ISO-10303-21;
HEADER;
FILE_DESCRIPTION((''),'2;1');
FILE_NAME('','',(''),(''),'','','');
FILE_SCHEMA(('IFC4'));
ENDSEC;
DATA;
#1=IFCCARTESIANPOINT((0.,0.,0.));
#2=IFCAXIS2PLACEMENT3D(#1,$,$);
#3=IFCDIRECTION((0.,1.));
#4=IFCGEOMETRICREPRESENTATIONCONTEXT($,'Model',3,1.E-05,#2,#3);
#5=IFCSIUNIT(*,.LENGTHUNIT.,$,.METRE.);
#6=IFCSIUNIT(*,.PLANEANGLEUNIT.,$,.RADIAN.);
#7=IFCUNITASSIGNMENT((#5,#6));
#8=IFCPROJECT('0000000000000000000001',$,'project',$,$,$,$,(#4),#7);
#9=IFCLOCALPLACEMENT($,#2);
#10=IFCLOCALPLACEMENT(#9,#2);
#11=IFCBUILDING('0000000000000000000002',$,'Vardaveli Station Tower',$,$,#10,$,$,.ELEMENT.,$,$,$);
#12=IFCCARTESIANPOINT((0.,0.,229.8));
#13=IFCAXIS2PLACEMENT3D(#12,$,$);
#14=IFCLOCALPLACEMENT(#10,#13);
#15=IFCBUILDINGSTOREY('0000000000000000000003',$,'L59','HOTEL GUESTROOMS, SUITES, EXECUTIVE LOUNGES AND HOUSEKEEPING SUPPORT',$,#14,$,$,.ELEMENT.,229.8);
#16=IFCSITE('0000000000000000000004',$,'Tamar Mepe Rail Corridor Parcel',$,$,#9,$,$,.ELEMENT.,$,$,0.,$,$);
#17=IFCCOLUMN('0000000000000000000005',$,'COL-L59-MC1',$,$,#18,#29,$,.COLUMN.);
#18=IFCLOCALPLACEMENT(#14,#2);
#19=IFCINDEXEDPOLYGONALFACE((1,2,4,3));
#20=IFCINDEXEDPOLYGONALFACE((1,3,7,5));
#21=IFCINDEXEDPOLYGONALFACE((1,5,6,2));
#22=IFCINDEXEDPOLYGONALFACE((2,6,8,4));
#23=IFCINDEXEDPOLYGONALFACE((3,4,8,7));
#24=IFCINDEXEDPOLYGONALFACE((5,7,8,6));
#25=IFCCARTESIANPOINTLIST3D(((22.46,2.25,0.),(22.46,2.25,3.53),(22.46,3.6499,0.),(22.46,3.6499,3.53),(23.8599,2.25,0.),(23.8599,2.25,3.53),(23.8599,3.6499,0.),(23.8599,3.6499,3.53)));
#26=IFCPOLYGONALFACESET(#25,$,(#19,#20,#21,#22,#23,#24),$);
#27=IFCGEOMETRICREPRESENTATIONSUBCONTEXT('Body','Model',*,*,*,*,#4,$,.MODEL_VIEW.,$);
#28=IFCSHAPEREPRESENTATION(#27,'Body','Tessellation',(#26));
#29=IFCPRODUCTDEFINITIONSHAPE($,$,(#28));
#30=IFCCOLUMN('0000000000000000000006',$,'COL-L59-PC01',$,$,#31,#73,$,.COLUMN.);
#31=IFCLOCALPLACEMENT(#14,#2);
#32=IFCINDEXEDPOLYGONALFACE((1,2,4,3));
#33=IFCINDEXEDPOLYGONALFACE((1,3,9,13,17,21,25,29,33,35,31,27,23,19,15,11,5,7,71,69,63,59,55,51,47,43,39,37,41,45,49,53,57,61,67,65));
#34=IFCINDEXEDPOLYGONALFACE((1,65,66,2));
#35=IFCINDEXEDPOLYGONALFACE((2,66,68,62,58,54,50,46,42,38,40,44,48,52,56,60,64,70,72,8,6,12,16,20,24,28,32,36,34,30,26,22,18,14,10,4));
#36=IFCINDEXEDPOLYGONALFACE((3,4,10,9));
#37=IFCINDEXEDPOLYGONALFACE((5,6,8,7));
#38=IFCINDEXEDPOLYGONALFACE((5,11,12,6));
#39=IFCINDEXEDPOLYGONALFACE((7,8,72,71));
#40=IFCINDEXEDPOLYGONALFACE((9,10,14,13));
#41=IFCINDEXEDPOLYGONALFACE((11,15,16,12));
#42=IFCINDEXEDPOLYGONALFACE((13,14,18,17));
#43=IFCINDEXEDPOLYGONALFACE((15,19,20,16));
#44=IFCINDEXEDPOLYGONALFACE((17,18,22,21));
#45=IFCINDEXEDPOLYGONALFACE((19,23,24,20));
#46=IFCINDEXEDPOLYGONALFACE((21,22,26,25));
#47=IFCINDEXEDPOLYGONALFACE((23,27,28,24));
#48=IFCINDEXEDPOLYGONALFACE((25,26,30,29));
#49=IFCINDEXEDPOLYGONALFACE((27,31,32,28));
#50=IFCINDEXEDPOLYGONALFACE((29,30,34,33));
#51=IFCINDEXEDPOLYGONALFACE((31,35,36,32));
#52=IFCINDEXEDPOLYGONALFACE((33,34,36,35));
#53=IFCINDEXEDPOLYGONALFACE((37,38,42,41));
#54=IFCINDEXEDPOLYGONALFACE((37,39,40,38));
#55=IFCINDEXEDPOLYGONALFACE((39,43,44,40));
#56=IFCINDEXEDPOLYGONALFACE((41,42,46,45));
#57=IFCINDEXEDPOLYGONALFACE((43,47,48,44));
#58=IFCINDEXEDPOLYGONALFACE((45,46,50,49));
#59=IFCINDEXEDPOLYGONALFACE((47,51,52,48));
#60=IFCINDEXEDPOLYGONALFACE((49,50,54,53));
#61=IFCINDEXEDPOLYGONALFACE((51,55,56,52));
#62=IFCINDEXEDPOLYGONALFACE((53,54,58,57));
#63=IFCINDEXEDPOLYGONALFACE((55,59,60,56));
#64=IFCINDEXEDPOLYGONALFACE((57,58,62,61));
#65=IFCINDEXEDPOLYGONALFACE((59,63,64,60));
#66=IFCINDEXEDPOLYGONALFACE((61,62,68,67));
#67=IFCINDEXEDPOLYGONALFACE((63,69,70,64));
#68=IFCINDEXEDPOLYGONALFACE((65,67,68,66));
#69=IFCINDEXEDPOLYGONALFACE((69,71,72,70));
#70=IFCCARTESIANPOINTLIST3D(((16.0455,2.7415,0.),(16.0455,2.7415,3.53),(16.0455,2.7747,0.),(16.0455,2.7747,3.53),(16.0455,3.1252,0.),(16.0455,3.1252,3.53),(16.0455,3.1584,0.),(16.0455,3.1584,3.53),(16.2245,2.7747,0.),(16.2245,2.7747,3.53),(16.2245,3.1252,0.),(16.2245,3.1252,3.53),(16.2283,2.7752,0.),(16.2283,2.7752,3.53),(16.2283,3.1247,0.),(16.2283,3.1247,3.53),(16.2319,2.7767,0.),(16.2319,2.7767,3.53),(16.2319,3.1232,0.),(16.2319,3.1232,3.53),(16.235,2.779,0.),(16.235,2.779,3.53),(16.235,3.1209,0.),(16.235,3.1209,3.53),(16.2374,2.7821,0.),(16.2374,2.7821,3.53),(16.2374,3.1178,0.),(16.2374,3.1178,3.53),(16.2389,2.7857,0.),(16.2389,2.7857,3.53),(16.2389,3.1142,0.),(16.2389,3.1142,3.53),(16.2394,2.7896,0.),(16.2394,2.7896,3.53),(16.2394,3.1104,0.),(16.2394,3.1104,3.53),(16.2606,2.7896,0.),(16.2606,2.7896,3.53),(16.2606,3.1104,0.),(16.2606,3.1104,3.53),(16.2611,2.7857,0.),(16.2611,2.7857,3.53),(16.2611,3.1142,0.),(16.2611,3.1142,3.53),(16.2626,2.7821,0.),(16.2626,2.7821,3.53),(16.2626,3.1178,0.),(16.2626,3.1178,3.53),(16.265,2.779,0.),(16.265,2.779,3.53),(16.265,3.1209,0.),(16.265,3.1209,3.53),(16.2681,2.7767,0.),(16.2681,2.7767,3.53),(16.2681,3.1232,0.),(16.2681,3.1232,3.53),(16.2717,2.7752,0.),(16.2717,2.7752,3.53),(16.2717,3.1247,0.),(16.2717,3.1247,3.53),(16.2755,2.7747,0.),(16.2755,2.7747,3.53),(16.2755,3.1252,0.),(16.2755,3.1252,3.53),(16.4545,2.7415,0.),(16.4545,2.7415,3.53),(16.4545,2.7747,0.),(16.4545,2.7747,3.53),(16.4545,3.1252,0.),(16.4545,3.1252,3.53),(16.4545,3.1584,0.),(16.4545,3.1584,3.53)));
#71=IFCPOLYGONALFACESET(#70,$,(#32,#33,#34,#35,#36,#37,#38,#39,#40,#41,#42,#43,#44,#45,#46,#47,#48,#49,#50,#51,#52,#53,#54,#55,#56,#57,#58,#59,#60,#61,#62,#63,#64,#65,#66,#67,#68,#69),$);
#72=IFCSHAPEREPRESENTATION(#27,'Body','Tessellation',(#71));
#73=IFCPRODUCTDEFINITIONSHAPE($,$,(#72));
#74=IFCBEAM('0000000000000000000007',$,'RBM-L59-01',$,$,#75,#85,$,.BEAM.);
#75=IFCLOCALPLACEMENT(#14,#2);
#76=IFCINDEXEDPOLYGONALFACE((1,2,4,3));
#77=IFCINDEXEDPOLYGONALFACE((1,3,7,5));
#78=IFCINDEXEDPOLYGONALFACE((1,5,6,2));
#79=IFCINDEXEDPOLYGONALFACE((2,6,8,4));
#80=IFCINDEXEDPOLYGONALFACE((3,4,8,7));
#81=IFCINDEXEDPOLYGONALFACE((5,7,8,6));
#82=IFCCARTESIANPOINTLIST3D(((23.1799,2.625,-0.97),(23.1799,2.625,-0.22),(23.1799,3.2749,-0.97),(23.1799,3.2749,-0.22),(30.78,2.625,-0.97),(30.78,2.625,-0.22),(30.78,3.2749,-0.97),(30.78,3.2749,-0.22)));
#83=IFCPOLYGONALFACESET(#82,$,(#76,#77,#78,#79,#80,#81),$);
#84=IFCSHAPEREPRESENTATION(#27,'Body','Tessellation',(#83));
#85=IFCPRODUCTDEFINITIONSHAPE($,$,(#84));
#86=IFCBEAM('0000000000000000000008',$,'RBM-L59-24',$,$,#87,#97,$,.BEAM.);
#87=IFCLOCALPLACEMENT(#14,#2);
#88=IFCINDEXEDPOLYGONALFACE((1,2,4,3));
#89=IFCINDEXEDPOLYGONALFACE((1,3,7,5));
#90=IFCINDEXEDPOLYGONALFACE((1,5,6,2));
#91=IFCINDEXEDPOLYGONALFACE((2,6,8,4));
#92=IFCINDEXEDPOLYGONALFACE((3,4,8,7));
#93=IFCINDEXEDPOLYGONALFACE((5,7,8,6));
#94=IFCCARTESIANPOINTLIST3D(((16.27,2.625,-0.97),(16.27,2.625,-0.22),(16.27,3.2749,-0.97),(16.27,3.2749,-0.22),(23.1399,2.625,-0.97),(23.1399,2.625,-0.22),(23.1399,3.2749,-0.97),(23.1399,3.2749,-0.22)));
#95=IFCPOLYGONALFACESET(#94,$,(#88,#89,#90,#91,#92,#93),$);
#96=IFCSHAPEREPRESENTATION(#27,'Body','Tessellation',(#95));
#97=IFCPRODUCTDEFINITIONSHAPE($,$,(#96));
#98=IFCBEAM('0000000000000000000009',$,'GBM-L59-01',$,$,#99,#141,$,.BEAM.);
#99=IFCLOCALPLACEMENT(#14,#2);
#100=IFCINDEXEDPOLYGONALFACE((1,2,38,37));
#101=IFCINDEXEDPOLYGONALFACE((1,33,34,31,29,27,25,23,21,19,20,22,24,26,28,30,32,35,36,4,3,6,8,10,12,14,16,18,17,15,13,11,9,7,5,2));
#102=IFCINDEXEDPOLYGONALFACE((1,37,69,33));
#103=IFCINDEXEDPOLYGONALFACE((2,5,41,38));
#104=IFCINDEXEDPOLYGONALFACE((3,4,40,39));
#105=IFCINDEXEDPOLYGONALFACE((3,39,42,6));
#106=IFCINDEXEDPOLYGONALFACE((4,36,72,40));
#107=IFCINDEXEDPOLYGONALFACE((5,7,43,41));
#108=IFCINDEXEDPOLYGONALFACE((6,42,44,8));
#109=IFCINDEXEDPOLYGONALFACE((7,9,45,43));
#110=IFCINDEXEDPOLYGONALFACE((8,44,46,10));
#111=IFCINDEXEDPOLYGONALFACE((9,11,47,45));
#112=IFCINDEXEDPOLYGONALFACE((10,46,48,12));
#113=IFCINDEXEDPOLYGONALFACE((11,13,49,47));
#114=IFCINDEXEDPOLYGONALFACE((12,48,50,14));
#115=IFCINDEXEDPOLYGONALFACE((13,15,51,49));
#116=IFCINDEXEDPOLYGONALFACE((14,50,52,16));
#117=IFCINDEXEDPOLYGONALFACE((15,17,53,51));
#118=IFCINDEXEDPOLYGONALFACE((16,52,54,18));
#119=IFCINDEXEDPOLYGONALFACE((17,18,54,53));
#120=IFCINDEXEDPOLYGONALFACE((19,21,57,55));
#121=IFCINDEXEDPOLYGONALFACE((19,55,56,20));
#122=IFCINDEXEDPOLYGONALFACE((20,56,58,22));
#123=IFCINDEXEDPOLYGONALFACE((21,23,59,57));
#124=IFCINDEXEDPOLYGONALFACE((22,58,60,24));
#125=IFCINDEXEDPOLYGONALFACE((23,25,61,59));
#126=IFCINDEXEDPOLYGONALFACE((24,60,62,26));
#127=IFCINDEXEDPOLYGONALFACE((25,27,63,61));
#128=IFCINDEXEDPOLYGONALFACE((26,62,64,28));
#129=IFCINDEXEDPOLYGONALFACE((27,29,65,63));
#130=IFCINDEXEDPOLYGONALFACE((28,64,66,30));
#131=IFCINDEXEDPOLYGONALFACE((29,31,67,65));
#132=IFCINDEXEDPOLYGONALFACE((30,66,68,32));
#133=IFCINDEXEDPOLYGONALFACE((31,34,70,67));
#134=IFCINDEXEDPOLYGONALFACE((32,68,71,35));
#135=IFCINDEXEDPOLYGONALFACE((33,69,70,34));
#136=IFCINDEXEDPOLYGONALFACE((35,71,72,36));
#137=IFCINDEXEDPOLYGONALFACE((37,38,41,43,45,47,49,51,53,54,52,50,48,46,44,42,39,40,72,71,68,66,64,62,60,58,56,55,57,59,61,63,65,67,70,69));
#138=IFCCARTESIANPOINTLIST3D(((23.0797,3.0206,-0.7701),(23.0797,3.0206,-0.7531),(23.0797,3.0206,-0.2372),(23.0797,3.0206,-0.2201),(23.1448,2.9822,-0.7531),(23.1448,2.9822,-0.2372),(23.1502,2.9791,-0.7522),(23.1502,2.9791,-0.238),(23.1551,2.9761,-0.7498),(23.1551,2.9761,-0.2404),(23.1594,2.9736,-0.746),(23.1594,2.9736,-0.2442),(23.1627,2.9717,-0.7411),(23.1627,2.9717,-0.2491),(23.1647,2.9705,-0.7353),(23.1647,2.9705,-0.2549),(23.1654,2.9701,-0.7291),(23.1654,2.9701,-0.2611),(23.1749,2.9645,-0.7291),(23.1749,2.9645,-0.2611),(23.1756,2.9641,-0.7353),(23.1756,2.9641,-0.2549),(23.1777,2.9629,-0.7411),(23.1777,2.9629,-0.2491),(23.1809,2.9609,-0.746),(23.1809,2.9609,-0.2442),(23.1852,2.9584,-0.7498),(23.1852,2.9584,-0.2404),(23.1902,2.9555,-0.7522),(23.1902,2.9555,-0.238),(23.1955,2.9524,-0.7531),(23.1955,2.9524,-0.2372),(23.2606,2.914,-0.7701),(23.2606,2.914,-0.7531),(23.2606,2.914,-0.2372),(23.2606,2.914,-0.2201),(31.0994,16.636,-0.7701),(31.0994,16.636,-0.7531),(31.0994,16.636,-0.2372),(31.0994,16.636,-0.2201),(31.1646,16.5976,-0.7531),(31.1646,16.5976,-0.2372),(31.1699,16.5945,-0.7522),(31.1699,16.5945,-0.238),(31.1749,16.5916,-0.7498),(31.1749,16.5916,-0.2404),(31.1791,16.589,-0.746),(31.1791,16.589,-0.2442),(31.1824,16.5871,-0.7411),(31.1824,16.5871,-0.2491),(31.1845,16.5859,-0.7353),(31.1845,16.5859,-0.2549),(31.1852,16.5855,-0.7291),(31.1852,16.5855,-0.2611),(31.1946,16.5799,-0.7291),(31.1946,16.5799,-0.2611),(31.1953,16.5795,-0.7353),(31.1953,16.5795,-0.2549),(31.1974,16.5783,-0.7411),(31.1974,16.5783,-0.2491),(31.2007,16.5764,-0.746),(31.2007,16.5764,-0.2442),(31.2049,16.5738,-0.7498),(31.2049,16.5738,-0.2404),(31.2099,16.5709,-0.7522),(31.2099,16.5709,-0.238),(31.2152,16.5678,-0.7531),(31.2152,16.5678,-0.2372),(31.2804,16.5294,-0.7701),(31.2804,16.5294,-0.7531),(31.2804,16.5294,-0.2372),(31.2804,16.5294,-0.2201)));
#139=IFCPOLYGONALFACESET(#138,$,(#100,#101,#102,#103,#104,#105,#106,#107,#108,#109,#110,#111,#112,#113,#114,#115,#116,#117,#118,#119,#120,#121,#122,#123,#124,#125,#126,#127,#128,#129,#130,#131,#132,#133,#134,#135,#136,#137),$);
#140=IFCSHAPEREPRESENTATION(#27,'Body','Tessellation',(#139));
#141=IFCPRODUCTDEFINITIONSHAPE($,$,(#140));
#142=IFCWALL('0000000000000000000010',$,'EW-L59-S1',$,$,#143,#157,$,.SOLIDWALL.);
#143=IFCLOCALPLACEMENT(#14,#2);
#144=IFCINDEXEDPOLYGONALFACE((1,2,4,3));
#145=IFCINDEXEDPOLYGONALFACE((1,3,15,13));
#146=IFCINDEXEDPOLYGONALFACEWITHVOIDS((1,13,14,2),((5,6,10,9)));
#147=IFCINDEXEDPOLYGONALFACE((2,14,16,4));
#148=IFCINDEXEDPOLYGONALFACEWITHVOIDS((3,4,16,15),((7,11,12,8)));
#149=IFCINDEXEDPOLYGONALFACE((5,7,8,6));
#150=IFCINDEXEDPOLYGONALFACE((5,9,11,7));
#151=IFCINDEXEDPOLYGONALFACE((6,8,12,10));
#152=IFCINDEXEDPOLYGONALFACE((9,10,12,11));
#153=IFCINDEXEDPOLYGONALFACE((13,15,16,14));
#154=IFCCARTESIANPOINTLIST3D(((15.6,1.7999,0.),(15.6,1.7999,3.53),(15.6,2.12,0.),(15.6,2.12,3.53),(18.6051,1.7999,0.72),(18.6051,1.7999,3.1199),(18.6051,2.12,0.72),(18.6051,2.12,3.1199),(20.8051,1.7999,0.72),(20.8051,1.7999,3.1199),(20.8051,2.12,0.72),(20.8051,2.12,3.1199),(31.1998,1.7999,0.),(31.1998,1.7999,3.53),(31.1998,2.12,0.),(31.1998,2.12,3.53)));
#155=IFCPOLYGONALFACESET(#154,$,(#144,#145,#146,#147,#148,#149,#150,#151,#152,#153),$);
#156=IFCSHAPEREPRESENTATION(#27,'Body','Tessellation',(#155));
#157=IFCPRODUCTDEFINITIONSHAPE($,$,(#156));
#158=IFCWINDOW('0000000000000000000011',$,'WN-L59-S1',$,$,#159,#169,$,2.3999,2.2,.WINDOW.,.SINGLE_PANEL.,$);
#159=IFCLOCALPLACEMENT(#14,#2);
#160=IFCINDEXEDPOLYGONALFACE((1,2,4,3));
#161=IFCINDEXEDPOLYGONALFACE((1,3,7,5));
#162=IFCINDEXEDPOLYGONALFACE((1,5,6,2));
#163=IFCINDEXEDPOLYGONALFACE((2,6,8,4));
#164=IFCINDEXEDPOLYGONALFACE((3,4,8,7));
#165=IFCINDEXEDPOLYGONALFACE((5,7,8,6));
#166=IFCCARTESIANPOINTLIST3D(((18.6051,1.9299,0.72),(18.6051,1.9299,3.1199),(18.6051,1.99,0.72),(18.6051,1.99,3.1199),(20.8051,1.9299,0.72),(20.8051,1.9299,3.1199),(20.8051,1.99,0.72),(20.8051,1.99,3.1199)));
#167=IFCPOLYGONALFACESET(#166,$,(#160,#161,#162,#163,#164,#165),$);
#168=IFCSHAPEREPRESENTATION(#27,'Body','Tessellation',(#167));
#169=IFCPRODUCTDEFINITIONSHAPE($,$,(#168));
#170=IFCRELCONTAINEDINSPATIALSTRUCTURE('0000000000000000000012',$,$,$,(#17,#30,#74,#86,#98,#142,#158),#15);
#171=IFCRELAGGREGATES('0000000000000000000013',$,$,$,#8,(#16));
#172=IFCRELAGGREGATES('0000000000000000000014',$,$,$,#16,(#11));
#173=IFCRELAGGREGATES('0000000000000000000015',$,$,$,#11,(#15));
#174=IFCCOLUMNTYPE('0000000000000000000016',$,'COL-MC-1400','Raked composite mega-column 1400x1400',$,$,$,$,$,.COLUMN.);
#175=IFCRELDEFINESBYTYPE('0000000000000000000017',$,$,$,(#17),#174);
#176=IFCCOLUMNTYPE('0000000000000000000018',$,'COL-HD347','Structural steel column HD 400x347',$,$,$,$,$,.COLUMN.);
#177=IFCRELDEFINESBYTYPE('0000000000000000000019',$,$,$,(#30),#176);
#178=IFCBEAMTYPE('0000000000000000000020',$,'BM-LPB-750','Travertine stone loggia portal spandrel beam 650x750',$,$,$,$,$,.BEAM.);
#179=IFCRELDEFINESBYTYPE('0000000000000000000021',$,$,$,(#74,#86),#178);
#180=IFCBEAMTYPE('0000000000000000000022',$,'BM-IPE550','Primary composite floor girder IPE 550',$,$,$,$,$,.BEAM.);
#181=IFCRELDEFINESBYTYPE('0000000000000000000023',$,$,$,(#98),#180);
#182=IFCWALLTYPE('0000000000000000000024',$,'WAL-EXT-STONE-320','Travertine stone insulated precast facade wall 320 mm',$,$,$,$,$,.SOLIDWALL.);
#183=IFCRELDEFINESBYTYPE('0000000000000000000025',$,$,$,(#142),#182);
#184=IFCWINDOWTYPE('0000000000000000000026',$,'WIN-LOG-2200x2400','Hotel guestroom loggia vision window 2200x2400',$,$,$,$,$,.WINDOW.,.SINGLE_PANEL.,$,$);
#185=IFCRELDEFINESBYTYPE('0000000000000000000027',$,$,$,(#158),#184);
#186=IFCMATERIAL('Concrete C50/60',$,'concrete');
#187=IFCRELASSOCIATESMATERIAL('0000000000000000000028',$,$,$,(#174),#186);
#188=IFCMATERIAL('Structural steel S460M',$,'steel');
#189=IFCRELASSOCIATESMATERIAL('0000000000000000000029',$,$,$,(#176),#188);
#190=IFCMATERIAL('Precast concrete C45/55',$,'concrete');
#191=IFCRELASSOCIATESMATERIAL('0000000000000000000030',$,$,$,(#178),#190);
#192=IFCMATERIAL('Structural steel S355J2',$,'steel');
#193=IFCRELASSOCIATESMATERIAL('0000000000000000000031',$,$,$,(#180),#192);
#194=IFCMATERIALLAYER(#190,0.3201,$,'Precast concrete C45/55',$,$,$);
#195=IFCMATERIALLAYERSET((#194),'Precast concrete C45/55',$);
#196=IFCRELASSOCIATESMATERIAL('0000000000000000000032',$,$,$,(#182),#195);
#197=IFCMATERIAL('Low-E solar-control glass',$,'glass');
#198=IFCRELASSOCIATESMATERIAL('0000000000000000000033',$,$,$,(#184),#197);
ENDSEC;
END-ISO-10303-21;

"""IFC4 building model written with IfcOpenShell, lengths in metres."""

from ifc_helpers import new_model, si_unit, direction, frame, frame_2d, origin, origin_2d, place, context, subcontext, project, spatial, rectangle, i_section, extrude, source, transform, mapped, material, layer, layer_set, material_profile, profile_set, type_object, element, fill, save


model = new_model("IFC4")

# Units and contexts
model_context = context("Model", 3, precision=1e-05, world=origin(), true_north=direction((0.0, 1.0)))
body_context = subcontext(model_context, "Body", "Model", "MODEL_VIEW")
ifc_project = project(units=[si_unit("LENGTHUNIT", "METRE"), si_unit("PLANEANGLEUNIT", "RADIAN")], contexts=[model_context])

# Site, building, storey
site_placement = place(None, origin())
site = spatial("IfcSite", under=ifc_project, at=site_placement, Name="Tamar Mepe Rail Corridor Parcel", CompositionType="ELEMENT", RefElevation=0.0)
building_placement = place(site_placement, origin())
building = spatial("IfcBuilding", under=site, at=building_placement, Name="Vardaveli Station Tower", CompositionType="ELEMENT")
storey_placement = place(building_placement, frame((0.0, 0.0, 229.8)))
storey = spatial("IfcBuildingStorey", under=building, at=storey_placement, Name="L59", Description="HOTEL GUESTROOMS, SUITES, EXECUTIVE LOUNGES AND HOUSEKEEPING SUPPORT", CompositionType="ELEMENT", Elevation=229.8)

# Columns
ifc_material_1 = material(Name="Concrete C50/60", Category="concrete")
ifc_material_profile_1 = material_profile(ifc_material_1, rectangle(XDim=1.3999, YDim=1.3999, at=origin_2d()), Name="MC 1400x1400")
ifc_profile_set_1 = profile_set([ifc_material_profile_1], Name="Concrete C50/60")
column_type_1 = type_object("IfcColumnType", Name="COL-MC-1400", Description="Raked composite mega-column 1400x1400", PredefinedType="COLUMN", material=ifc_profile_set_1)
shared_shape_1 = source(origin(), body_context, "Body", "SweptSolid", [
    extrude(rectangle(XDim=1.3999, YDim=1.3999, at=origin_2d()), origin(), (0.0, 0.0, 1.0), 3.53),
])
column_1_placement = place(storey_placement, frame((23.1599, 2.95, 0.0), z_axis=(0.0, 0.0, 1.0), x_axis=(1.0, 0.0, 0.0)))
element("IfcColumn", 1, at=column_1_placement, inside=storey, type_object=column_type_1, Name="COL-L59-MC1", PredefinedType="COLUMN", context=body_context, shape_type="MappedRepresentation", body=[
    mapped(shared_shape_1, transform((0.0, 0.0, 0.0), scale=1.0)),
])
ifc_material_2 = material(Name="Structural steel S460M", Category="steel")
ifc_material_profile_2 = material_profile(ifc_material_2, i_section(OverallWidth=0.4089, OverallDepth=0.417, WebThickness=0.0212, FlangeThickness=0.0332, FilletRadius=0.0149, at=origin_2d()), Name="HD 400x347")
ifc_profile_set_2 = profile_set([ifc_material_profile_2], Name="Structural steel S460M")
column_type_2 = type_object("IfcColumnType", Name="COL-HD347", Description="Structural steel column HD 400x347", PredefinedType="COLUMN", material=ifc_profile_set_2)
shared_shape_2 = source(origin(), body_context, "Body", "SweptSolid", [
    extrude(i_section(OverallWidth=0.4089, OverallDepth=0.417, WebThickness=0.0212, FlangeThickness=0.0332, FilletRadius=0.0149, at=origin_2d()), origin(), (0.0, 0.0, 1.0), 3.53),
])
column_2_placement = place(storey_placement, frame((16.25, 2.95, 0.0), z_axis=(0.0, 0.0, 1.0), x_axis=(1.0, 0.0, 0.0)))
element("IfcColumn", 2, at=column_2_placement, inside=storey, type_object=column_type_2, Name="COL-L59-PC01", PredefinedType="COLUMN", context=body_context, shape_type="MappedRepresentation", body=[
    mapped(shared_shape_2, transform((0.0, 0.0, 0.0), scale=1.0)),
])

# Beams
ifc_material_3 = material(Name="Precast concrete C45/55", Category="concrete")
ifc_material_profile_3 = material_profile(ifc_material_3, rectangle(XDim=0.6499, YDim=0.75, at=origin_2d()), Name="LPB 650x750")
ifc_profile_set_3 = profile_set([ifc_material_profile_3], Name="Precast concrete C45/55")
beam_type_1 = type_object("IfcBeamType", Name="BM-LPB-750", Description="Travertine stone loggia portal spandrel beam 650x750", PredefinedType="BEAM", material=ifc_profile_set_3)
shared_shape_3 = source(origin(), body_context, "Body", "SweptSolid", [
    extrude(rectangle(XDim=0.6499, YDim=0.75, at=origin_2d()), origin(), (0.0, 0.0, 1.0), 7.6001),
])
beam_1_placement = place(storey_placement, frame((23.1799, 2.95, -0.595), z_axis=(1.0, 0.0, 0.0), x_axis=(0.0, 1.0, 0.0)))
element("IfcBeam", 3, at=beam_1_placement, inside=storey, type_object=beam_type_1, Name="RBM-L59-01", PredefinedType="BEAM", context=body_context, shape_type="MappedRepresentation", body=[
    mapped(shared_shape_3, transform((0.0, 0.0, 0.0), scale=1.0)),
])
shared_shape_4 = source(origin(), body_context, "Body", "SweptSolid", [
    extrude(rectangle(XDim=0.6499, YDim=0.75, at=origin_2d()), origin(), (0.0, 0.0, 1.0), 6.8699),
])
beam_2_placement = place(storey_placement, frame((16.27, 2.95, -0.595), z_axis=(1.0, 0.0, 0.0), x_axis=(0.0, 1.0, 0.0)))
element("IfcBeam", 4, at=beam_2_placement, inside=storey, type_object=beam_type_1, Name="RBM-L59-24", PredefinedType="BEAM", context=body_context, shape_type="MappedRepresentation", body=[
    mapped(shared_shape_4, transform((0.0, 0.0, 0.0), scale=1.0)),
])
ifc_material_4 = material(Name="Structural steel S355J2", Category="steel")
ifc_material_profile_4 = material_profile(ifc_material_4, i_section(OverallWidth=0.21, OverallDepth=0.55, WebThickness=0.011, FlangeThickness=0.0171, FilletRadius=0.0239, at=origin_2d()), Name="IPE 550")
ifc_profile_set_4 = profile_set([ifc_material_profile_4], Name="Structural steel S355J2")
beam_type_2 = type_object("IfcBeamType", Name="BM-IPE550", Description="Primary composite floor girder IPE 550", PredefinedType="BEAM", material=ifc_profile_set_4)
shared_shape_5 = source(origin(), body_context, "Body", "SweptSolid", [
    extrude(i_section(OverallWidth=0.21, OverallDepth=0.55, WebThickness=0.011, FlangeThickness=0.0171, FilletRadius=0.0239, at=origin_2d()), origin(), (0.0, 0.0, 1.0), 15.8018),
])
beam_3_placement = place(storey_placement, frame((23.1702, 2.9673, -0.4951), z_axis=(0.507522, 0.861639, 0.0), x_axis=(-0.861639, 0.507522, 0.0)))
element("IfcBeam", 5, at=beam_3_placement, inside=storey, type_object=beam_type_2, Name="GBM-L59-01", PredefinedType="BEAM", context=body_context, shape_type="MappedRepresentation", body=[
    mapped(shared_shape_5, transform((0.0, 0.0, 0.0), scale=1.0)),
])

# Wall, opening, window
ifc_layer_1 = layer(ifc_material_3, 0.3201, Name="Precast concrete C45/55")
ifc_layer_set_1 = layer_set([ifc_layer_1], Name="Precast concrete C45/55")
wall_type_1 = type_object("IfcWallType", Name="WAL-EXT-STONE-320", Description="Travertine stone insulated precast facade wall 320 mm", PredefinedType="SOLIDWALL", material=ifc_layer_set_1)
shared_shape_6 = source(origin(), body_context, "Body", "SweptSolid", [
    extrude(rectangle(XDim=15.5999, YDim=0.3201, at=frame_2d((7.7998, 0.0))), origin(), (0.0, 0.0, 1.0), 3.53),
])
wall_1_placement = place(storey_placement, frame((15.6001, 1.96, 0.0), z_axis=(0.0, 0.0, 1.0), x_axis=(1.0, 0.0, 0.0)))
wall_1 = element("IfcWall", 6, at=wall_1_placement, inside=storey, type_object=wall_type_1, Name="EW-L59-S1", PredefinedType="SOLIDWALL", context=body_context, shape_type="MappedRepresentation", body=[
    mapped(shared_shape_6, transform((0.0, 0.0, 0.0), scale=1.0)),
])
shared_shape_7 = source(origin(), body_context, "Body", "SweptSolid", [
    extrude(rectangle(XDim=2.2, YDim=2.3999, at=frame_2d((1.1001, 1.2))), frame((0.0, 0.1699, 0.0), z_axis=(0.0, -1.0, 0.0), x_axis=(1.0, 0.0, 0.0)), (0.0, 0.0, 1.0), 0.3401),
])
opening_1_placement = place(wall_1_placement, frame((3.0049, 0.0, 0.72)))
opening_1 = element("IfcOpeningElement", 7, at=opening_1_placement, cuts=wall_1, PredefinedType="OPENING", context=body_context, shape_type="MappedRepresentation", body=[
    mapped(shared_shape_7, transform((0.0, 0.0, 0.0), scale=1.0)),
])
ifc_material_5 = material(Name="Low-E solar-control glass", Category="glass")
window_type = type_object("IfcWindowType", Name="WIN-LOG-2200x2400", Description="Hotel guestroom loggia vision window 2200x2400", PartitioningType="SINGLE_PANEL", PredefinedType="WINDOW", material=ifc_material_5)
shared_shape_8 = source(origin(), body_context, "Body", "SweptSolid", [
    extrude(rectangle(XDim=2.2, YDim=2.3999, at=frame_2d((1.1001, 1.2))), frame((0.0, 0.03, 0.0), z_axis=(0.0, -1.0, 0.0), x_axis=(1.0, 0.0, 0.0)), (0.0, 0.0, 1.0), 0.0601),
])
window_placement = place(opening_1_placement, origin())
window = element("IfcWindow", 8, at=window_placement, inside=storey, type_object=window_type, Name="WN-L59-S1", OverallHeight=2.3999, OverallWidth=2.2, PartitioningType="SINGLE_PANEL", PredefinedType="WINDOW", context=body_context, shape_type="MappedRepresentation", body=[
    mapped(shared_shape_8, transform((0.0, 0.0, 0.0), scale=1.0)),
])
fill(opening_1, window)

save(model, "model.ifc")
